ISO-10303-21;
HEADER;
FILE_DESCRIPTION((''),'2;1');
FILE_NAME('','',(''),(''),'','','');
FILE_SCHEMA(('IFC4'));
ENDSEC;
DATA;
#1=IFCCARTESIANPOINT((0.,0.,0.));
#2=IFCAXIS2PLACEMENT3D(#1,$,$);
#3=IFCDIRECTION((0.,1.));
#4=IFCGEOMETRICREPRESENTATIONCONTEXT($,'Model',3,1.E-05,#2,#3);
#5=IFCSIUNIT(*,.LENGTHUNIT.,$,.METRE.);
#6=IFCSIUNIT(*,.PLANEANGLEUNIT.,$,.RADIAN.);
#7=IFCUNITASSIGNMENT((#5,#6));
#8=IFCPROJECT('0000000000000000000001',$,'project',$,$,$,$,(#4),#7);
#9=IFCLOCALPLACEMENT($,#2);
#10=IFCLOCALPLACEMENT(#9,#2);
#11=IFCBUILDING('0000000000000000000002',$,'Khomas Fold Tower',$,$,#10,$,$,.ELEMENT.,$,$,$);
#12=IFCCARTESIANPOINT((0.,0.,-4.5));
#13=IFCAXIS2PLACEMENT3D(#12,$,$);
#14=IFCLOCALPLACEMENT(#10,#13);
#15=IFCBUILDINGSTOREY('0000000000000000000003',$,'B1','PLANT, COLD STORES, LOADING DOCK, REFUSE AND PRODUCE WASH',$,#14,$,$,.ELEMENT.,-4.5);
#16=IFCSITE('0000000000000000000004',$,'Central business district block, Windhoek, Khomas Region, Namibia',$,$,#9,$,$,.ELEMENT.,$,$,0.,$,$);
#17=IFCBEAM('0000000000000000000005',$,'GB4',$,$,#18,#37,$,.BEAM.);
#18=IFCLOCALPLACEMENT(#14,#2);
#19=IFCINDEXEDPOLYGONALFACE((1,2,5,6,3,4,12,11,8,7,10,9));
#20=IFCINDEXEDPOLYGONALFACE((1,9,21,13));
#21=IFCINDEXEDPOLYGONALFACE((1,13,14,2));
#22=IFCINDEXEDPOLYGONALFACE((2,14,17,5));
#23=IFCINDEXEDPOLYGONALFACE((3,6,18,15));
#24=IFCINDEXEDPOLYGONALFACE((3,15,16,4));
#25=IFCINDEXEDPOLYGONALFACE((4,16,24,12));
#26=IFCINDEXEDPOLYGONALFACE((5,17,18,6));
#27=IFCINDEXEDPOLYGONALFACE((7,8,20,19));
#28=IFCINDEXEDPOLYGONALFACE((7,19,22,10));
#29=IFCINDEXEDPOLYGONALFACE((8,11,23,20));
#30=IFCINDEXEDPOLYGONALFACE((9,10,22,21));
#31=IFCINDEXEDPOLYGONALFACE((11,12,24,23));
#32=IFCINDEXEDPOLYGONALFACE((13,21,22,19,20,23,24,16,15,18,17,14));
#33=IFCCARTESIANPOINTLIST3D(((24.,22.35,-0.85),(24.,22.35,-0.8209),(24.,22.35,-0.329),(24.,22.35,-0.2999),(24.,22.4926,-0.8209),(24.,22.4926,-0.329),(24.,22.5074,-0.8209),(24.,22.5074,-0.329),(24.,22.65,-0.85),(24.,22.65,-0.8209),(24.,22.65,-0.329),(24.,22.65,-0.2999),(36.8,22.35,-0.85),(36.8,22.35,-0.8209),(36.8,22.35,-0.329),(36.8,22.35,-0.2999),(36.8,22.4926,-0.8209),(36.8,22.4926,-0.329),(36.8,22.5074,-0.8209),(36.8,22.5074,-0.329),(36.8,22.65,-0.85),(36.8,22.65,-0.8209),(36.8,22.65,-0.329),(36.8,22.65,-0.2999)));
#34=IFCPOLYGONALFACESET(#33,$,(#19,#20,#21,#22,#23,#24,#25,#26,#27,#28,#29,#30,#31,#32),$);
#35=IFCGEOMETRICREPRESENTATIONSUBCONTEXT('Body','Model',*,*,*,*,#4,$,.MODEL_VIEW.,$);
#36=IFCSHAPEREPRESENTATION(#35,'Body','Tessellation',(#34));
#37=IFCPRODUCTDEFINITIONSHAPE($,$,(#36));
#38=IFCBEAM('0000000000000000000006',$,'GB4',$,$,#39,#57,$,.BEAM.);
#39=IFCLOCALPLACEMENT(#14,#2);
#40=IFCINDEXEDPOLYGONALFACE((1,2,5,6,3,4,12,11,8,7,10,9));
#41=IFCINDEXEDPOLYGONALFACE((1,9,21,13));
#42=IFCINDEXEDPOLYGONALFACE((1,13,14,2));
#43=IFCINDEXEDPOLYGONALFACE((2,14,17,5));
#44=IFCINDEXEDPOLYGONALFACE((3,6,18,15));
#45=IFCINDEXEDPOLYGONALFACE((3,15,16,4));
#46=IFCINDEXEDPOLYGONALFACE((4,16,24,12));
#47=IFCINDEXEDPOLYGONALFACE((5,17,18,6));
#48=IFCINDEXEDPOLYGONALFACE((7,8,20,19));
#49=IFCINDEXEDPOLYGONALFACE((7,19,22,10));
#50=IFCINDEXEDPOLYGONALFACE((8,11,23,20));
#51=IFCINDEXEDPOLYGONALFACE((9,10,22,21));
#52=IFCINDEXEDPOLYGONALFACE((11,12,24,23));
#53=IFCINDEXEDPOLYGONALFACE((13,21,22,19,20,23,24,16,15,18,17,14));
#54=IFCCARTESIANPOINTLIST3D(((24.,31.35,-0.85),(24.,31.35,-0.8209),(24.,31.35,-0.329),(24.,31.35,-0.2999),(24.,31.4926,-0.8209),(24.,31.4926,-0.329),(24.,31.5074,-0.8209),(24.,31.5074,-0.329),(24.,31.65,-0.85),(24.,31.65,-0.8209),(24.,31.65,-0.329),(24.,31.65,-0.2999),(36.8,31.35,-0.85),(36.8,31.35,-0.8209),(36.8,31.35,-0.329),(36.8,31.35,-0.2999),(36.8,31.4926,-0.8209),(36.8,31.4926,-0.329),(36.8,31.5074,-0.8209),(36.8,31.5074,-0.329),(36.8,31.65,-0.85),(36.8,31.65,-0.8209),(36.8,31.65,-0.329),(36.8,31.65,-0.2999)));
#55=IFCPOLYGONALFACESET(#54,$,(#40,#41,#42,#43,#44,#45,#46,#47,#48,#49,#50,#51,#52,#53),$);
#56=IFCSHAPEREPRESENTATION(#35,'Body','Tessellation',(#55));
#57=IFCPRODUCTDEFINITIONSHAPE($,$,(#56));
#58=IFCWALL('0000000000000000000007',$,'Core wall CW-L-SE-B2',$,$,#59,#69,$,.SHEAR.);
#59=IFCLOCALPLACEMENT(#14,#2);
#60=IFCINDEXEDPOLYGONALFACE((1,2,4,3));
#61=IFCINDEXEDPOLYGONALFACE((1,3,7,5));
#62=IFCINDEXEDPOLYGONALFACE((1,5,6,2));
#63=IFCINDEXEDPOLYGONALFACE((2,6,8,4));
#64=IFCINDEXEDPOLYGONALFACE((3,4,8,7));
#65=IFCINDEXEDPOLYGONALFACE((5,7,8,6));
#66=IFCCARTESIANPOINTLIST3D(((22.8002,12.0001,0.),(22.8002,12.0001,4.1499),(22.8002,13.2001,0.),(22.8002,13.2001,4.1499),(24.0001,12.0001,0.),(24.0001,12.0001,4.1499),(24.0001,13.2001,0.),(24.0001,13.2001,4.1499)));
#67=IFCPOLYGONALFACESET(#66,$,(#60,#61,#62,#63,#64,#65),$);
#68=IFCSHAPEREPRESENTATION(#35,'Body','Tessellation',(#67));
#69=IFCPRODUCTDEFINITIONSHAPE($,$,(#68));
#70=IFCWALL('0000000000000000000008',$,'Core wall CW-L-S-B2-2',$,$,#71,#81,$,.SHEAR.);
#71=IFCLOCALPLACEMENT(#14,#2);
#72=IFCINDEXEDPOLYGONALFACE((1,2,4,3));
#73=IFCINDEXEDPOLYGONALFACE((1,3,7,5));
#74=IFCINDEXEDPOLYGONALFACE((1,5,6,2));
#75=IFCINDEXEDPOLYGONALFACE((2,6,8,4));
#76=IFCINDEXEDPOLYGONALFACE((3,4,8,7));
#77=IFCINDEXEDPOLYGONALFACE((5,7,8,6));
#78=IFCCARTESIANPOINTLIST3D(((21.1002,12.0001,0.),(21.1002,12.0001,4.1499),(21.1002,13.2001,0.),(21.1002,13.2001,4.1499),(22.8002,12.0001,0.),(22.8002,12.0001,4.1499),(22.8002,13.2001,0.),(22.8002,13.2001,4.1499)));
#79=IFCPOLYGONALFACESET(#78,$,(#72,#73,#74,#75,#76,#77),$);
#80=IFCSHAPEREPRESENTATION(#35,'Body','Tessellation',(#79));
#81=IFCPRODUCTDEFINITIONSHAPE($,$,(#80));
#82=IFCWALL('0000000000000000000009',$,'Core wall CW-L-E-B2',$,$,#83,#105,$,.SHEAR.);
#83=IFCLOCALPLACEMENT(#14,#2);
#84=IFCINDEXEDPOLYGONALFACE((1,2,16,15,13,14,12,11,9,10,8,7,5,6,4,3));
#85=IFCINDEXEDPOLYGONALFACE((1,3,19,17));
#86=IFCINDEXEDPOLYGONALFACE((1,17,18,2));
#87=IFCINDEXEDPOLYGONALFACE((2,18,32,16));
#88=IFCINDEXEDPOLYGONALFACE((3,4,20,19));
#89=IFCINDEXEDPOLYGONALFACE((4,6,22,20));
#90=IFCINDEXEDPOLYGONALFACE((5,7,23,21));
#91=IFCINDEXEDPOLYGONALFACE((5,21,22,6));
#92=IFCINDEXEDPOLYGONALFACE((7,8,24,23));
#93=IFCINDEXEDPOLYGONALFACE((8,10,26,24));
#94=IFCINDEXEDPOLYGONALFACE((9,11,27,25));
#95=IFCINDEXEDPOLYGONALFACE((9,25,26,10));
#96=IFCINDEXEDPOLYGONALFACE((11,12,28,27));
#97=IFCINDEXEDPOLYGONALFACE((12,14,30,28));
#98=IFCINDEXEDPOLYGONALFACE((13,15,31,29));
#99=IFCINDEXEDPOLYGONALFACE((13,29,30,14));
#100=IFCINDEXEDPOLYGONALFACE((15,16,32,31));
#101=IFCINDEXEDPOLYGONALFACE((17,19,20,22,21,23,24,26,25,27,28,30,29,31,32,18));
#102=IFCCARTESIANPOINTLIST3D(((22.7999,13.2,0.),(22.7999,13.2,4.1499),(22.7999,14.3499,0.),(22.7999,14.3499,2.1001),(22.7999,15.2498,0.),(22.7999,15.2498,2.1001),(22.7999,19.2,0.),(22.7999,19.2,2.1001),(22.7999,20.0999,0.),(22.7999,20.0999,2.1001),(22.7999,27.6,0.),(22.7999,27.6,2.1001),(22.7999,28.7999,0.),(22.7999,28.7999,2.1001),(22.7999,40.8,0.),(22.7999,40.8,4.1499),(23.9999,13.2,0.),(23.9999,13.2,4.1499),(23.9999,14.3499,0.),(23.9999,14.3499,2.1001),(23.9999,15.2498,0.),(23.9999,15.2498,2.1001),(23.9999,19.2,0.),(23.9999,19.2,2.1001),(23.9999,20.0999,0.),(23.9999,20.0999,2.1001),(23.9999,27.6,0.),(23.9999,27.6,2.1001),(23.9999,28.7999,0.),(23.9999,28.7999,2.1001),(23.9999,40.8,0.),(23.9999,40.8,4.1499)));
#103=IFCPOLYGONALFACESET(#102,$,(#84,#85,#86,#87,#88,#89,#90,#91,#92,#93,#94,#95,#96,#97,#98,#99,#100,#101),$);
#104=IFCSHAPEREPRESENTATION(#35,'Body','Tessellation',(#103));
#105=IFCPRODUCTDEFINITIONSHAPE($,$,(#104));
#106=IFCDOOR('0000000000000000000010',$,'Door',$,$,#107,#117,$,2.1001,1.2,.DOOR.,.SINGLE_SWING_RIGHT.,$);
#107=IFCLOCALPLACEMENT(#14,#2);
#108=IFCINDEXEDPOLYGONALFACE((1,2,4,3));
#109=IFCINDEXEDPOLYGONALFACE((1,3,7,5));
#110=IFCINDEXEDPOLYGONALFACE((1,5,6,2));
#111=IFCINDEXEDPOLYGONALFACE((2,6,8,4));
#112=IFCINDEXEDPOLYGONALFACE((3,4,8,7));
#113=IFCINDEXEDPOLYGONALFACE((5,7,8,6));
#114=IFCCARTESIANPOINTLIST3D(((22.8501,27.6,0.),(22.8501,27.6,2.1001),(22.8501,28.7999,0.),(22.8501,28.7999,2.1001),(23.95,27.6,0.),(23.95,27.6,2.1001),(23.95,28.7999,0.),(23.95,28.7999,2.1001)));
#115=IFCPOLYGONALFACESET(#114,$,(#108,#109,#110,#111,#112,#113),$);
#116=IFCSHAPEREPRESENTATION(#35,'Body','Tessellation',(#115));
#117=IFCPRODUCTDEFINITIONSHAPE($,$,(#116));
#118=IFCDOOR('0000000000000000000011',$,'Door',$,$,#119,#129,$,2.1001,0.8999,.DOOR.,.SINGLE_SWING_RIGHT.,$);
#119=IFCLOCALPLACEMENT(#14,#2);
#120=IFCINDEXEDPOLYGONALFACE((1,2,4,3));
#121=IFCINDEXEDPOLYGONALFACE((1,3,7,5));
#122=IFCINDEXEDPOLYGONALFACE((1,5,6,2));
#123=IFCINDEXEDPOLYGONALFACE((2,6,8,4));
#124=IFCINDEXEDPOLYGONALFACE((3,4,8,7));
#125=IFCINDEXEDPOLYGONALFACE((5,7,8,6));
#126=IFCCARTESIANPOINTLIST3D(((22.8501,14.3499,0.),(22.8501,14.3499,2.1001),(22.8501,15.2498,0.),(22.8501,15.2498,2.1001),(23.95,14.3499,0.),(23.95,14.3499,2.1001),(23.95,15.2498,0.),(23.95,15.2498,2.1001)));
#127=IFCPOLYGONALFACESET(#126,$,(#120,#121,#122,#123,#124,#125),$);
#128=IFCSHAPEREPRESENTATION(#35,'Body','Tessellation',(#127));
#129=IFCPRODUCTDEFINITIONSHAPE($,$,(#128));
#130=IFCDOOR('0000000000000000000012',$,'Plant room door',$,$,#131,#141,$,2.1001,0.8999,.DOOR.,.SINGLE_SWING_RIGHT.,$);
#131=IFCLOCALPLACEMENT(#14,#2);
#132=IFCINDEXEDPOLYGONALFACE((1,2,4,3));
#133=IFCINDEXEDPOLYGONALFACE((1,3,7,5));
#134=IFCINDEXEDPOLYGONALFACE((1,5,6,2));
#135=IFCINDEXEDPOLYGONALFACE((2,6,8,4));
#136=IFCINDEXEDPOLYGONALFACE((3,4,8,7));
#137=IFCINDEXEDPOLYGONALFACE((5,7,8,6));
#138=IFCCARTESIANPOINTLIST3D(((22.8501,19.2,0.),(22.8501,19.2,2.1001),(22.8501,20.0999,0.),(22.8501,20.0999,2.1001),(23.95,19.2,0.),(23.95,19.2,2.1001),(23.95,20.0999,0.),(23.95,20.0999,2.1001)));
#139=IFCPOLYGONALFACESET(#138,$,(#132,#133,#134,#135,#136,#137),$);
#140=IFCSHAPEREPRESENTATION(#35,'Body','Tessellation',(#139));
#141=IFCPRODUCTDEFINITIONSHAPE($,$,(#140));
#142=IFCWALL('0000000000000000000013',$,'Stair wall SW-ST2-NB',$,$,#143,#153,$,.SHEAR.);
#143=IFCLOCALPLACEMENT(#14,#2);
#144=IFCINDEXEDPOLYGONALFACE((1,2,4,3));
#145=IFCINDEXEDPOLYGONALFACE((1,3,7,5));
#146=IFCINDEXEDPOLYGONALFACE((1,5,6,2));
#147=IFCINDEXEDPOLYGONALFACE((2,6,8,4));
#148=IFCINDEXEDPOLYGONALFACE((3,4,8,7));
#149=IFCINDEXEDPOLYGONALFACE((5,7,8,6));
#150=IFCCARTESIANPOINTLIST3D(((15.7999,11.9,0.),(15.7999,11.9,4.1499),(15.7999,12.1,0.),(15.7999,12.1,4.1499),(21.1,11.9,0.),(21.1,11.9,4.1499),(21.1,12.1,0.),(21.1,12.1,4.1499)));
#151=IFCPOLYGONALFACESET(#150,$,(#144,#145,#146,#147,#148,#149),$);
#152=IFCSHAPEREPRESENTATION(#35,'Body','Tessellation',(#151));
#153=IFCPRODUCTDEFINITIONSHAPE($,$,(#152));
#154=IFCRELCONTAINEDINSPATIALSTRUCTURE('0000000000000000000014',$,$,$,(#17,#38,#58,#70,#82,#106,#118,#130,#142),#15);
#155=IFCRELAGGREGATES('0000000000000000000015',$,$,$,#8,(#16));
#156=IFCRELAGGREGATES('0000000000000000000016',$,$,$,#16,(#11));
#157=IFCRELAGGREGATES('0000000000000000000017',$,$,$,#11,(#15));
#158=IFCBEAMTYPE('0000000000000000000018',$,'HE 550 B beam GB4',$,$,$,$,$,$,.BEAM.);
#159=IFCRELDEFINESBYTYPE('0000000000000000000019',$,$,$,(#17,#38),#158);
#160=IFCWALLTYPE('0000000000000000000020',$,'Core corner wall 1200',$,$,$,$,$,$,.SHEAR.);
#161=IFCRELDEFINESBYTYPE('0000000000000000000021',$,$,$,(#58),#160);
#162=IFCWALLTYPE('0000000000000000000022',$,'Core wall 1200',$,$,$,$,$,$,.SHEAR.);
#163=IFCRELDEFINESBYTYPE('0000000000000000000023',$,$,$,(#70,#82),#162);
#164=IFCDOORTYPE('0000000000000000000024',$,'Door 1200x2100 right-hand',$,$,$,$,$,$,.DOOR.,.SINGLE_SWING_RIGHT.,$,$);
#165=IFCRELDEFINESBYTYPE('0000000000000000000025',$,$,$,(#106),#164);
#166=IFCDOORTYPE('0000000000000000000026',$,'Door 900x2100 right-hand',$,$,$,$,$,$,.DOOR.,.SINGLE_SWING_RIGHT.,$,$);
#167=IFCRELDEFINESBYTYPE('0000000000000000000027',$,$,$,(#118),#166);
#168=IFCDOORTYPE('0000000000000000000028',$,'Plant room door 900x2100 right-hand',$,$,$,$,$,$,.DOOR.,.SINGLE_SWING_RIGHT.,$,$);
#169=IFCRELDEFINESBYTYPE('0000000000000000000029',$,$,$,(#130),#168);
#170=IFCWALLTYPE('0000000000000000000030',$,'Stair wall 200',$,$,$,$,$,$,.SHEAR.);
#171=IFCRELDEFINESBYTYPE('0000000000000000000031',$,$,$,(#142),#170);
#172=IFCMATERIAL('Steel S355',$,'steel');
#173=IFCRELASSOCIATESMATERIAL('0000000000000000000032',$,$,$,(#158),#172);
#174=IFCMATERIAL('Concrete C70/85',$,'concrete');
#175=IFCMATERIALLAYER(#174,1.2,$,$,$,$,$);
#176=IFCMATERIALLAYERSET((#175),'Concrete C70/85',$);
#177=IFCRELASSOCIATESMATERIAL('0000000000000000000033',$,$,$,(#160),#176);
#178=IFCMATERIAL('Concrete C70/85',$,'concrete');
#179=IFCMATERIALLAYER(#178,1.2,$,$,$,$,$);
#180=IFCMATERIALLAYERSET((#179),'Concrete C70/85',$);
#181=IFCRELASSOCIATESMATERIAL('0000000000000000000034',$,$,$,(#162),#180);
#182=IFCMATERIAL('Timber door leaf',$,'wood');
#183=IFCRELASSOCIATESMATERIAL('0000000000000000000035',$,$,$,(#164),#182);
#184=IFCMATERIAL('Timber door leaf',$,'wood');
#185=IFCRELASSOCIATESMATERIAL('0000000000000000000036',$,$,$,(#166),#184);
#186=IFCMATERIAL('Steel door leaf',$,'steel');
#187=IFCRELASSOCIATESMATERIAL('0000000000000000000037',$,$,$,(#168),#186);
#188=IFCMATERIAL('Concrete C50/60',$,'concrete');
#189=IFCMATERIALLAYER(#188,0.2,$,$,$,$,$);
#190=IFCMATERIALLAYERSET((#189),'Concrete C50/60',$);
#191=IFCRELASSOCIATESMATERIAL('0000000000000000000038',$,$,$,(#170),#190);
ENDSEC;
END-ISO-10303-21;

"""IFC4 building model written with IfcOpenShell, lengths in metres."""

from ifc_helpers import new_model, si_unit, direction, frame, frame_2d, origin, origin_2d, place, context, subcontext, project, spatial, rectangle, i_section, extrude, source, transform, mapped, material, layer, layer_set, material_profile, profile_set, type_object, element, fill, save


model = new_model("IFC4")

# Units and contexts
model_context = context("Model", 3, precision=1e-05, world=origin(), true_north=direction((0.0, 1.0)))
body_context = subcontext(model_context, "Body", "Model", "MODEL_VIEW")
ifc_project = project(units=[si_unit("LENGTHUNIT", "METRE"), si_unit("PLANEANGLEUNIT", "RADIAN")], contexts=[model_context])

# Site, building, storey
site_placement = place(None, origin())
site = spatial("IfcSite", under=ifc_project, at=site_placement, Name="Central business district block, Windhoek, Khomas Region, Namibia", CompositionType="ELEMENT", RefElevation=0.0)
building_placement = place(site_placement, origin())
building = spatial("IfcBuilding", under=site, at=building_placement, Name="Khomas Fold Tower", CompositionType="ELEMENT")
storey_placement = place(building_placement, frame((0.0, 0.0, -4.5)))
storey = spatial("IfcBuildingStorey", under=building, at=storey_placement, Name="B1", Description="PLANT, COLD STORES, LOADING DOCK, REFUSE AND PRODUCE WASH", CompositionType="ELEMENT", Elevation=-4.5)

# Beams
ifc_material_1 = material(Name="Steel S355", Category="steel")
ifc_material_profile = material_profile(ifc_material_1, i_section(OverallWidth=0.3, OverallDepth=0.55, WebThickness=0.0149, FlangeThickness=0.0291, at=origin_2d()), Name="HE 550 B")
ifc_profile_set = profile_set([ifc_material_profile], Name="Steel S355")
beam_type = type_object("IfcBeamType", Name="HE 550 B beam GB4", PredefinedType="BEAM", material=ifc_profile_set)
shared_shape_1 = source(origin(), body_context, "Body", "SweptSolid", [
    extrude(i_section(OverallWidth=0.3, OverallDepth=0.55, WebThickness=0.0149, FlangeThickness=0.0291, at=origin_2d()), origin(), (0.0, 0.0, 1.0), 12.8),
])
for number, where, z_axis, x_axis, name in (
    (1, (24.0, 22.5, -0.575), (1.0, 0.0, 0.0), (0.0, 1.0, 0.0), "GB4"),
    (2, (24.0, 31.5, -0.575), (1.0, 0.0, 0.0), (0.0, 1.0, 0.0), "GB4"),
):
    element("IfcBeam", number, at=place(storey_placement, frame(where, z_axis=z_axis, x_axis=x_axis)), inside=storey, type_object=beam_type, Name=name, PredefinedType="BEAM", context=body_context, shape_type="MappedRepresentation", body=[
        mapped(shared_shape_1, transform((0.0, 0.0, 0.0))),
    ])

# Walls
ifc_material_2 = material(Name="Concrete C70/85", Category="concrete")
ifc_layer_1 = layer(ifc_material_2, 1.2)
ifc_layer_set_1 = layer_set([ifc_layer_1], Name="Concrete C70/85")
wall_type_1 = type_object("IfcWallType", Name="Core corner wall 1200", PredefinedType="SHEAR", material=ifc_layer_set_1)
shared_shape_2 = source(origin(), body_context, "Body", "SweptSolid", [
    extrude(rectangle(XDim=1.2, YDim=1.2, at=frame_2d((0.6001, 0.0))), origin(), (0.0, 0.0, 1.0), 4.1499),
])
wall_1_placement = place(storey_placement, frame((22.8, 12.6001, 0.0), z_axis=(0.0, 0.0, 1.0), x_axis=(1.0, 0.0, 0.0)))
element("IfcWall", 3, at=wall_1_placement, inside=storey, type_object=wall_type_1, Name="Core wall CW-L-SE-B2", PredefinedType="SHEAR", context=body_context, shape_type="MappedRepresentation", body=[
    mapped(shared_shape_2, transform((0.0, 0.0, 0.0))),
])
ifc_material_3 = material(Name="Concrete C70/85", Category="concrete")
ifc_layer_2 = layer(ifc_material_3, 1.2)
ifc_layer_set_2 = layer_set([ifc_layer_2], Name="Concrete C70/85")
wall_type_2 = type_object("IfcWallType", Name="Core wall 1200", PredefinedType="SHEAR", material=ifc_layer_set_2)
shared_shape_3 = source(origin(), body_context, "Body", "SweptSolid", [
    extrude(rectangle(XDim=1.7, YDim=1.2, at=frame_2d((0.8501, 0.0))), origin(), (0.0, 0.0, 1.0), 4.1499),
])
wall_2_placement = place(storey_placement, frame((21.1001, 12.6001, 0.0), z_axis=(0.0, 0.0, 1.0), x_axis=(1.0, 0.0, 0.0)))
element("IfcWall", 4, at=wall_2_placement, inside=storey, type_object=wall_type_2, Name="Core wall CW-L-S-B2-2", PredefinedType="SHEAR", context=body_context, shape_type="MappedRepresentation", body=[
    mapped(shared_shape_3, transform((0.0, 0.0, 0.0))),
])

# Wall, openings, doors
shared_shape_4 = source(origin(), body_context, "Body", "SweptSolid", [
    extrude(rectangle(XDim=27.6001, YDim=1.2, at=frame_2d((13.8, 0.0))), origin(), (0.0, 0.0, 1.0), 4.1499),
])
wall_3_placement = place(storey_placement, frame((23.3999, 13.2, 0.0), z_axis=(0.0, 0.0, 1.0), x_axis=(0.0, 1.0, 0.0)))
wall_3 = element("IfcWall", 5, at=wall_3_placement, inside=storey, type_object=wall_type_2, Name="Core wall CW-L-E-B2", PredefinedType="SHEAR", context=body_context, shape_type="MappedRepresentation", body=[
    mapped(shared_shape_4, transform((0.0, 0.0, 0.0))),
])
shared_shape_5 = source(origin(), body_context, "Body", "SweptSolid", [
    extrude(rectangle(XDim=1.2, YDim=2.1001, at=frame_2d((0.6001, 1.05))), frame((0.0, 0.6099, 0.0), z_axis=(0.0, -1.0, 0.0), x_axis=(1.0, 0.0, 0.0)), (0.0, 0.0, 1.0), 1.22),
])
opening_1_placement = place(wall_3_placement, frame((14.3999, 0.0, 0.0)))
opening_1 = element("IfcOpeningElement", 6, at=opening_1_placement, cuts=wall_3, PredefinedType="OPENING", context=body_context, shape_type="MappedRepresentation", body=[
    mapped(shared_shape_5, transform((0.0, 0.0, 0.0))),
])
shared_shape_6 = source(origin(), body_context, "Body", "SweptSolid", [
    extrude(rectangle(XDim=0.8999, YDim=2.1001, at=frame_2d((0.45, 1.05))), frame((0.0, 0.6099, 0.0), z_axis=(0.0, -1.0, 0.0), x_axis=(1.0, 0.0, 0.0)), (0.0, 0.0, 1.0), 1.22),
])
opening_2_placement = place(wall_3_placement, frame((1.1499, 0.0, 0.0)))
opening_2 = element("IfcOpeningElement", 7, at=opening_2_placement, cuts=wall_3, PredefinedType="OPENING", context=body_context, shape_type="MappedRepresentation", body=[
    mapped(shared_shape_6, transform((0.0, 0.0, 0.0))),
])
opening_3_placement = place(wall_3_placement, frame((6.0, 0.0, 0.0)))
opening_3 = element("IfcOpeningElement", 8, at=opening_3_placement, cuts=wall_3, PredefinedType="OPENING", context=body_context, shape_type="MappedRepresentation", body=[
    mapped(shared_shape_6, transform((0.0, 0.0, 0.0))),
])
ifc_material_4 = material(Name="Timber door leaf", Category="wood")
door_type_1 = type_object("IfcDoorType", Name="Door 1200x2100 right-hand", OperationType="SINGLE_SWING_RIGHT", PredefinedType="DOOR", material=ifc_material_4)
shared_shape_7 = source(origin(), body_context, "Body", "SweptSolid", [
    extrude(rectangle(XDim=1.2, YDim=2.1001, at=frame_2d((0.6001, 1.05))), frame((0.0, 0.5498, 0.0), z_axis=(0.0, -1.0, 0.0), x_axis=(1.0, 0.0, 0.0)), (0.0, 0.0, 1.0), 1.0999),
])
door_1_placement = place(opening_1_placement, origin())
door_1 = element("IfcDoor", 9, at=door_1_placement, inside=storey, type_object=door_type_1, Name="Door", OperationType="SINGLE_SWING_RIGHT", OverallHeight=2.1001, OverallWidth=1.2, PredefinedType="DOOR", context=body_context, shape_type="MappedRepresentation", body=[
    mapped(shared_shape_7, transform((0.0, 0.0, 0.0))),
])
fill(opening_1, door_1)
ifc_material_5 = material(Name="Timber door leaf", Category="wood")
door_type_2 = type_object("IfcDoorType", Name="Door 900x2100 right-hand", OperationType="SINGLE_SWING_RIGHT", PredefinedType="DOOR", material=ifc_material_5)
shared_shape_8 = source(origin(), body_context, "Body", "SweptSolid", [
    extrude(rectangle(XDim=0.8999, YDim=2.1001, at=frame_2d((0.45, 1.05))), frame((0.0, 0.5498, 0.0), z_axis=(0.0, -1.0, 0.0), x_axis=(1.0, 0.0, 0.0)), (0.0, 0.0, 1.0), 1.0999),
])
door_2_placement = place(opening_2_placement, origin())
door_2 = element("IfcDoor", 10, at=door_2_placement, inside=storey, type_object=door_type_2, Name="Door", OperationType="SINGLE_SWING_RIGHT", OverallHeight=2.1001, OverallWidth=0.8999, PredefinedType="DOOR", context=body_context, shape_type="MappedRepresentation", body=[
    mapped(shared_shape_8, transform((0.0, 0.0, 0.0))),
])
fill(opening_2, door_2)
ifc_material_6 = material(Name="Steel door leaf", Category="steel")
door_type_3 = type_object("IfcDoorType", Name="Plant room door 900x2100 right-hand", OperationType="SINGLE_SWING_RIGHT", PredefinedType="DOOR", material=ifc_material_6)
door_3_placement = place(opening_3_placement, origin())
door_3 = element("IfcDoor", 11, at=door_3_placement, inside=storey, type_object=door_type_3, Name="Plant room door", OperationType="SINGLE_SWING_RIGHT", OverallHeight=2.1001, OverallWidth=0.8999, PredefinedType="DOOR", context=body_context, shape_type="MappedRepresentation", body=[
    mapped(shared_shape_8, transform((0.0, 0.0, 0.0))),
])
fill(opening_3, door_3)

# Wall
ifc_material_7 = material(Name="Concrete C50/60", Category="concrete")
ifc_layer_3 = layer(ifc_material_7, 0.2)
ifc_layer_set_3 = layer_set([ifc_layer_3], Name="Concrete C50/60")
wall_type_3 = type_object("IfcWallType", Name="Stair wall 200", PredefinedType="SHEAR", material=ifc_layer_set_3)
shared_shape_9 = source(origin(), body_context, "Body", "SweptSolid", [
    extrude(rectangle(XDim=5.3, YDim=0.2, at=frame_2d((2.6499, 0.0))), origin(), (0.0, 0.0, 1.0), 4.1499),
])
wall_4_placement = place(storey_placement, frame((15.8, 12.0, 0.0), z_axis=(0.0, 0.0, 1.0), x_axis=(1.0, 0.0, 0.0)))
element("IfcWall", 12, at=wall_4_placement, inside=storey, type_object=wall_type_3, Name="Stair wall SW-ST2-NB", PredefinedType="SHEAR", context=body_context, shape_type="MappedRepresentation", body=[
    mapped(shared_shape_9, transform((0.0, 0.0, 0.0))),
])

save(model, "model.ifc")
